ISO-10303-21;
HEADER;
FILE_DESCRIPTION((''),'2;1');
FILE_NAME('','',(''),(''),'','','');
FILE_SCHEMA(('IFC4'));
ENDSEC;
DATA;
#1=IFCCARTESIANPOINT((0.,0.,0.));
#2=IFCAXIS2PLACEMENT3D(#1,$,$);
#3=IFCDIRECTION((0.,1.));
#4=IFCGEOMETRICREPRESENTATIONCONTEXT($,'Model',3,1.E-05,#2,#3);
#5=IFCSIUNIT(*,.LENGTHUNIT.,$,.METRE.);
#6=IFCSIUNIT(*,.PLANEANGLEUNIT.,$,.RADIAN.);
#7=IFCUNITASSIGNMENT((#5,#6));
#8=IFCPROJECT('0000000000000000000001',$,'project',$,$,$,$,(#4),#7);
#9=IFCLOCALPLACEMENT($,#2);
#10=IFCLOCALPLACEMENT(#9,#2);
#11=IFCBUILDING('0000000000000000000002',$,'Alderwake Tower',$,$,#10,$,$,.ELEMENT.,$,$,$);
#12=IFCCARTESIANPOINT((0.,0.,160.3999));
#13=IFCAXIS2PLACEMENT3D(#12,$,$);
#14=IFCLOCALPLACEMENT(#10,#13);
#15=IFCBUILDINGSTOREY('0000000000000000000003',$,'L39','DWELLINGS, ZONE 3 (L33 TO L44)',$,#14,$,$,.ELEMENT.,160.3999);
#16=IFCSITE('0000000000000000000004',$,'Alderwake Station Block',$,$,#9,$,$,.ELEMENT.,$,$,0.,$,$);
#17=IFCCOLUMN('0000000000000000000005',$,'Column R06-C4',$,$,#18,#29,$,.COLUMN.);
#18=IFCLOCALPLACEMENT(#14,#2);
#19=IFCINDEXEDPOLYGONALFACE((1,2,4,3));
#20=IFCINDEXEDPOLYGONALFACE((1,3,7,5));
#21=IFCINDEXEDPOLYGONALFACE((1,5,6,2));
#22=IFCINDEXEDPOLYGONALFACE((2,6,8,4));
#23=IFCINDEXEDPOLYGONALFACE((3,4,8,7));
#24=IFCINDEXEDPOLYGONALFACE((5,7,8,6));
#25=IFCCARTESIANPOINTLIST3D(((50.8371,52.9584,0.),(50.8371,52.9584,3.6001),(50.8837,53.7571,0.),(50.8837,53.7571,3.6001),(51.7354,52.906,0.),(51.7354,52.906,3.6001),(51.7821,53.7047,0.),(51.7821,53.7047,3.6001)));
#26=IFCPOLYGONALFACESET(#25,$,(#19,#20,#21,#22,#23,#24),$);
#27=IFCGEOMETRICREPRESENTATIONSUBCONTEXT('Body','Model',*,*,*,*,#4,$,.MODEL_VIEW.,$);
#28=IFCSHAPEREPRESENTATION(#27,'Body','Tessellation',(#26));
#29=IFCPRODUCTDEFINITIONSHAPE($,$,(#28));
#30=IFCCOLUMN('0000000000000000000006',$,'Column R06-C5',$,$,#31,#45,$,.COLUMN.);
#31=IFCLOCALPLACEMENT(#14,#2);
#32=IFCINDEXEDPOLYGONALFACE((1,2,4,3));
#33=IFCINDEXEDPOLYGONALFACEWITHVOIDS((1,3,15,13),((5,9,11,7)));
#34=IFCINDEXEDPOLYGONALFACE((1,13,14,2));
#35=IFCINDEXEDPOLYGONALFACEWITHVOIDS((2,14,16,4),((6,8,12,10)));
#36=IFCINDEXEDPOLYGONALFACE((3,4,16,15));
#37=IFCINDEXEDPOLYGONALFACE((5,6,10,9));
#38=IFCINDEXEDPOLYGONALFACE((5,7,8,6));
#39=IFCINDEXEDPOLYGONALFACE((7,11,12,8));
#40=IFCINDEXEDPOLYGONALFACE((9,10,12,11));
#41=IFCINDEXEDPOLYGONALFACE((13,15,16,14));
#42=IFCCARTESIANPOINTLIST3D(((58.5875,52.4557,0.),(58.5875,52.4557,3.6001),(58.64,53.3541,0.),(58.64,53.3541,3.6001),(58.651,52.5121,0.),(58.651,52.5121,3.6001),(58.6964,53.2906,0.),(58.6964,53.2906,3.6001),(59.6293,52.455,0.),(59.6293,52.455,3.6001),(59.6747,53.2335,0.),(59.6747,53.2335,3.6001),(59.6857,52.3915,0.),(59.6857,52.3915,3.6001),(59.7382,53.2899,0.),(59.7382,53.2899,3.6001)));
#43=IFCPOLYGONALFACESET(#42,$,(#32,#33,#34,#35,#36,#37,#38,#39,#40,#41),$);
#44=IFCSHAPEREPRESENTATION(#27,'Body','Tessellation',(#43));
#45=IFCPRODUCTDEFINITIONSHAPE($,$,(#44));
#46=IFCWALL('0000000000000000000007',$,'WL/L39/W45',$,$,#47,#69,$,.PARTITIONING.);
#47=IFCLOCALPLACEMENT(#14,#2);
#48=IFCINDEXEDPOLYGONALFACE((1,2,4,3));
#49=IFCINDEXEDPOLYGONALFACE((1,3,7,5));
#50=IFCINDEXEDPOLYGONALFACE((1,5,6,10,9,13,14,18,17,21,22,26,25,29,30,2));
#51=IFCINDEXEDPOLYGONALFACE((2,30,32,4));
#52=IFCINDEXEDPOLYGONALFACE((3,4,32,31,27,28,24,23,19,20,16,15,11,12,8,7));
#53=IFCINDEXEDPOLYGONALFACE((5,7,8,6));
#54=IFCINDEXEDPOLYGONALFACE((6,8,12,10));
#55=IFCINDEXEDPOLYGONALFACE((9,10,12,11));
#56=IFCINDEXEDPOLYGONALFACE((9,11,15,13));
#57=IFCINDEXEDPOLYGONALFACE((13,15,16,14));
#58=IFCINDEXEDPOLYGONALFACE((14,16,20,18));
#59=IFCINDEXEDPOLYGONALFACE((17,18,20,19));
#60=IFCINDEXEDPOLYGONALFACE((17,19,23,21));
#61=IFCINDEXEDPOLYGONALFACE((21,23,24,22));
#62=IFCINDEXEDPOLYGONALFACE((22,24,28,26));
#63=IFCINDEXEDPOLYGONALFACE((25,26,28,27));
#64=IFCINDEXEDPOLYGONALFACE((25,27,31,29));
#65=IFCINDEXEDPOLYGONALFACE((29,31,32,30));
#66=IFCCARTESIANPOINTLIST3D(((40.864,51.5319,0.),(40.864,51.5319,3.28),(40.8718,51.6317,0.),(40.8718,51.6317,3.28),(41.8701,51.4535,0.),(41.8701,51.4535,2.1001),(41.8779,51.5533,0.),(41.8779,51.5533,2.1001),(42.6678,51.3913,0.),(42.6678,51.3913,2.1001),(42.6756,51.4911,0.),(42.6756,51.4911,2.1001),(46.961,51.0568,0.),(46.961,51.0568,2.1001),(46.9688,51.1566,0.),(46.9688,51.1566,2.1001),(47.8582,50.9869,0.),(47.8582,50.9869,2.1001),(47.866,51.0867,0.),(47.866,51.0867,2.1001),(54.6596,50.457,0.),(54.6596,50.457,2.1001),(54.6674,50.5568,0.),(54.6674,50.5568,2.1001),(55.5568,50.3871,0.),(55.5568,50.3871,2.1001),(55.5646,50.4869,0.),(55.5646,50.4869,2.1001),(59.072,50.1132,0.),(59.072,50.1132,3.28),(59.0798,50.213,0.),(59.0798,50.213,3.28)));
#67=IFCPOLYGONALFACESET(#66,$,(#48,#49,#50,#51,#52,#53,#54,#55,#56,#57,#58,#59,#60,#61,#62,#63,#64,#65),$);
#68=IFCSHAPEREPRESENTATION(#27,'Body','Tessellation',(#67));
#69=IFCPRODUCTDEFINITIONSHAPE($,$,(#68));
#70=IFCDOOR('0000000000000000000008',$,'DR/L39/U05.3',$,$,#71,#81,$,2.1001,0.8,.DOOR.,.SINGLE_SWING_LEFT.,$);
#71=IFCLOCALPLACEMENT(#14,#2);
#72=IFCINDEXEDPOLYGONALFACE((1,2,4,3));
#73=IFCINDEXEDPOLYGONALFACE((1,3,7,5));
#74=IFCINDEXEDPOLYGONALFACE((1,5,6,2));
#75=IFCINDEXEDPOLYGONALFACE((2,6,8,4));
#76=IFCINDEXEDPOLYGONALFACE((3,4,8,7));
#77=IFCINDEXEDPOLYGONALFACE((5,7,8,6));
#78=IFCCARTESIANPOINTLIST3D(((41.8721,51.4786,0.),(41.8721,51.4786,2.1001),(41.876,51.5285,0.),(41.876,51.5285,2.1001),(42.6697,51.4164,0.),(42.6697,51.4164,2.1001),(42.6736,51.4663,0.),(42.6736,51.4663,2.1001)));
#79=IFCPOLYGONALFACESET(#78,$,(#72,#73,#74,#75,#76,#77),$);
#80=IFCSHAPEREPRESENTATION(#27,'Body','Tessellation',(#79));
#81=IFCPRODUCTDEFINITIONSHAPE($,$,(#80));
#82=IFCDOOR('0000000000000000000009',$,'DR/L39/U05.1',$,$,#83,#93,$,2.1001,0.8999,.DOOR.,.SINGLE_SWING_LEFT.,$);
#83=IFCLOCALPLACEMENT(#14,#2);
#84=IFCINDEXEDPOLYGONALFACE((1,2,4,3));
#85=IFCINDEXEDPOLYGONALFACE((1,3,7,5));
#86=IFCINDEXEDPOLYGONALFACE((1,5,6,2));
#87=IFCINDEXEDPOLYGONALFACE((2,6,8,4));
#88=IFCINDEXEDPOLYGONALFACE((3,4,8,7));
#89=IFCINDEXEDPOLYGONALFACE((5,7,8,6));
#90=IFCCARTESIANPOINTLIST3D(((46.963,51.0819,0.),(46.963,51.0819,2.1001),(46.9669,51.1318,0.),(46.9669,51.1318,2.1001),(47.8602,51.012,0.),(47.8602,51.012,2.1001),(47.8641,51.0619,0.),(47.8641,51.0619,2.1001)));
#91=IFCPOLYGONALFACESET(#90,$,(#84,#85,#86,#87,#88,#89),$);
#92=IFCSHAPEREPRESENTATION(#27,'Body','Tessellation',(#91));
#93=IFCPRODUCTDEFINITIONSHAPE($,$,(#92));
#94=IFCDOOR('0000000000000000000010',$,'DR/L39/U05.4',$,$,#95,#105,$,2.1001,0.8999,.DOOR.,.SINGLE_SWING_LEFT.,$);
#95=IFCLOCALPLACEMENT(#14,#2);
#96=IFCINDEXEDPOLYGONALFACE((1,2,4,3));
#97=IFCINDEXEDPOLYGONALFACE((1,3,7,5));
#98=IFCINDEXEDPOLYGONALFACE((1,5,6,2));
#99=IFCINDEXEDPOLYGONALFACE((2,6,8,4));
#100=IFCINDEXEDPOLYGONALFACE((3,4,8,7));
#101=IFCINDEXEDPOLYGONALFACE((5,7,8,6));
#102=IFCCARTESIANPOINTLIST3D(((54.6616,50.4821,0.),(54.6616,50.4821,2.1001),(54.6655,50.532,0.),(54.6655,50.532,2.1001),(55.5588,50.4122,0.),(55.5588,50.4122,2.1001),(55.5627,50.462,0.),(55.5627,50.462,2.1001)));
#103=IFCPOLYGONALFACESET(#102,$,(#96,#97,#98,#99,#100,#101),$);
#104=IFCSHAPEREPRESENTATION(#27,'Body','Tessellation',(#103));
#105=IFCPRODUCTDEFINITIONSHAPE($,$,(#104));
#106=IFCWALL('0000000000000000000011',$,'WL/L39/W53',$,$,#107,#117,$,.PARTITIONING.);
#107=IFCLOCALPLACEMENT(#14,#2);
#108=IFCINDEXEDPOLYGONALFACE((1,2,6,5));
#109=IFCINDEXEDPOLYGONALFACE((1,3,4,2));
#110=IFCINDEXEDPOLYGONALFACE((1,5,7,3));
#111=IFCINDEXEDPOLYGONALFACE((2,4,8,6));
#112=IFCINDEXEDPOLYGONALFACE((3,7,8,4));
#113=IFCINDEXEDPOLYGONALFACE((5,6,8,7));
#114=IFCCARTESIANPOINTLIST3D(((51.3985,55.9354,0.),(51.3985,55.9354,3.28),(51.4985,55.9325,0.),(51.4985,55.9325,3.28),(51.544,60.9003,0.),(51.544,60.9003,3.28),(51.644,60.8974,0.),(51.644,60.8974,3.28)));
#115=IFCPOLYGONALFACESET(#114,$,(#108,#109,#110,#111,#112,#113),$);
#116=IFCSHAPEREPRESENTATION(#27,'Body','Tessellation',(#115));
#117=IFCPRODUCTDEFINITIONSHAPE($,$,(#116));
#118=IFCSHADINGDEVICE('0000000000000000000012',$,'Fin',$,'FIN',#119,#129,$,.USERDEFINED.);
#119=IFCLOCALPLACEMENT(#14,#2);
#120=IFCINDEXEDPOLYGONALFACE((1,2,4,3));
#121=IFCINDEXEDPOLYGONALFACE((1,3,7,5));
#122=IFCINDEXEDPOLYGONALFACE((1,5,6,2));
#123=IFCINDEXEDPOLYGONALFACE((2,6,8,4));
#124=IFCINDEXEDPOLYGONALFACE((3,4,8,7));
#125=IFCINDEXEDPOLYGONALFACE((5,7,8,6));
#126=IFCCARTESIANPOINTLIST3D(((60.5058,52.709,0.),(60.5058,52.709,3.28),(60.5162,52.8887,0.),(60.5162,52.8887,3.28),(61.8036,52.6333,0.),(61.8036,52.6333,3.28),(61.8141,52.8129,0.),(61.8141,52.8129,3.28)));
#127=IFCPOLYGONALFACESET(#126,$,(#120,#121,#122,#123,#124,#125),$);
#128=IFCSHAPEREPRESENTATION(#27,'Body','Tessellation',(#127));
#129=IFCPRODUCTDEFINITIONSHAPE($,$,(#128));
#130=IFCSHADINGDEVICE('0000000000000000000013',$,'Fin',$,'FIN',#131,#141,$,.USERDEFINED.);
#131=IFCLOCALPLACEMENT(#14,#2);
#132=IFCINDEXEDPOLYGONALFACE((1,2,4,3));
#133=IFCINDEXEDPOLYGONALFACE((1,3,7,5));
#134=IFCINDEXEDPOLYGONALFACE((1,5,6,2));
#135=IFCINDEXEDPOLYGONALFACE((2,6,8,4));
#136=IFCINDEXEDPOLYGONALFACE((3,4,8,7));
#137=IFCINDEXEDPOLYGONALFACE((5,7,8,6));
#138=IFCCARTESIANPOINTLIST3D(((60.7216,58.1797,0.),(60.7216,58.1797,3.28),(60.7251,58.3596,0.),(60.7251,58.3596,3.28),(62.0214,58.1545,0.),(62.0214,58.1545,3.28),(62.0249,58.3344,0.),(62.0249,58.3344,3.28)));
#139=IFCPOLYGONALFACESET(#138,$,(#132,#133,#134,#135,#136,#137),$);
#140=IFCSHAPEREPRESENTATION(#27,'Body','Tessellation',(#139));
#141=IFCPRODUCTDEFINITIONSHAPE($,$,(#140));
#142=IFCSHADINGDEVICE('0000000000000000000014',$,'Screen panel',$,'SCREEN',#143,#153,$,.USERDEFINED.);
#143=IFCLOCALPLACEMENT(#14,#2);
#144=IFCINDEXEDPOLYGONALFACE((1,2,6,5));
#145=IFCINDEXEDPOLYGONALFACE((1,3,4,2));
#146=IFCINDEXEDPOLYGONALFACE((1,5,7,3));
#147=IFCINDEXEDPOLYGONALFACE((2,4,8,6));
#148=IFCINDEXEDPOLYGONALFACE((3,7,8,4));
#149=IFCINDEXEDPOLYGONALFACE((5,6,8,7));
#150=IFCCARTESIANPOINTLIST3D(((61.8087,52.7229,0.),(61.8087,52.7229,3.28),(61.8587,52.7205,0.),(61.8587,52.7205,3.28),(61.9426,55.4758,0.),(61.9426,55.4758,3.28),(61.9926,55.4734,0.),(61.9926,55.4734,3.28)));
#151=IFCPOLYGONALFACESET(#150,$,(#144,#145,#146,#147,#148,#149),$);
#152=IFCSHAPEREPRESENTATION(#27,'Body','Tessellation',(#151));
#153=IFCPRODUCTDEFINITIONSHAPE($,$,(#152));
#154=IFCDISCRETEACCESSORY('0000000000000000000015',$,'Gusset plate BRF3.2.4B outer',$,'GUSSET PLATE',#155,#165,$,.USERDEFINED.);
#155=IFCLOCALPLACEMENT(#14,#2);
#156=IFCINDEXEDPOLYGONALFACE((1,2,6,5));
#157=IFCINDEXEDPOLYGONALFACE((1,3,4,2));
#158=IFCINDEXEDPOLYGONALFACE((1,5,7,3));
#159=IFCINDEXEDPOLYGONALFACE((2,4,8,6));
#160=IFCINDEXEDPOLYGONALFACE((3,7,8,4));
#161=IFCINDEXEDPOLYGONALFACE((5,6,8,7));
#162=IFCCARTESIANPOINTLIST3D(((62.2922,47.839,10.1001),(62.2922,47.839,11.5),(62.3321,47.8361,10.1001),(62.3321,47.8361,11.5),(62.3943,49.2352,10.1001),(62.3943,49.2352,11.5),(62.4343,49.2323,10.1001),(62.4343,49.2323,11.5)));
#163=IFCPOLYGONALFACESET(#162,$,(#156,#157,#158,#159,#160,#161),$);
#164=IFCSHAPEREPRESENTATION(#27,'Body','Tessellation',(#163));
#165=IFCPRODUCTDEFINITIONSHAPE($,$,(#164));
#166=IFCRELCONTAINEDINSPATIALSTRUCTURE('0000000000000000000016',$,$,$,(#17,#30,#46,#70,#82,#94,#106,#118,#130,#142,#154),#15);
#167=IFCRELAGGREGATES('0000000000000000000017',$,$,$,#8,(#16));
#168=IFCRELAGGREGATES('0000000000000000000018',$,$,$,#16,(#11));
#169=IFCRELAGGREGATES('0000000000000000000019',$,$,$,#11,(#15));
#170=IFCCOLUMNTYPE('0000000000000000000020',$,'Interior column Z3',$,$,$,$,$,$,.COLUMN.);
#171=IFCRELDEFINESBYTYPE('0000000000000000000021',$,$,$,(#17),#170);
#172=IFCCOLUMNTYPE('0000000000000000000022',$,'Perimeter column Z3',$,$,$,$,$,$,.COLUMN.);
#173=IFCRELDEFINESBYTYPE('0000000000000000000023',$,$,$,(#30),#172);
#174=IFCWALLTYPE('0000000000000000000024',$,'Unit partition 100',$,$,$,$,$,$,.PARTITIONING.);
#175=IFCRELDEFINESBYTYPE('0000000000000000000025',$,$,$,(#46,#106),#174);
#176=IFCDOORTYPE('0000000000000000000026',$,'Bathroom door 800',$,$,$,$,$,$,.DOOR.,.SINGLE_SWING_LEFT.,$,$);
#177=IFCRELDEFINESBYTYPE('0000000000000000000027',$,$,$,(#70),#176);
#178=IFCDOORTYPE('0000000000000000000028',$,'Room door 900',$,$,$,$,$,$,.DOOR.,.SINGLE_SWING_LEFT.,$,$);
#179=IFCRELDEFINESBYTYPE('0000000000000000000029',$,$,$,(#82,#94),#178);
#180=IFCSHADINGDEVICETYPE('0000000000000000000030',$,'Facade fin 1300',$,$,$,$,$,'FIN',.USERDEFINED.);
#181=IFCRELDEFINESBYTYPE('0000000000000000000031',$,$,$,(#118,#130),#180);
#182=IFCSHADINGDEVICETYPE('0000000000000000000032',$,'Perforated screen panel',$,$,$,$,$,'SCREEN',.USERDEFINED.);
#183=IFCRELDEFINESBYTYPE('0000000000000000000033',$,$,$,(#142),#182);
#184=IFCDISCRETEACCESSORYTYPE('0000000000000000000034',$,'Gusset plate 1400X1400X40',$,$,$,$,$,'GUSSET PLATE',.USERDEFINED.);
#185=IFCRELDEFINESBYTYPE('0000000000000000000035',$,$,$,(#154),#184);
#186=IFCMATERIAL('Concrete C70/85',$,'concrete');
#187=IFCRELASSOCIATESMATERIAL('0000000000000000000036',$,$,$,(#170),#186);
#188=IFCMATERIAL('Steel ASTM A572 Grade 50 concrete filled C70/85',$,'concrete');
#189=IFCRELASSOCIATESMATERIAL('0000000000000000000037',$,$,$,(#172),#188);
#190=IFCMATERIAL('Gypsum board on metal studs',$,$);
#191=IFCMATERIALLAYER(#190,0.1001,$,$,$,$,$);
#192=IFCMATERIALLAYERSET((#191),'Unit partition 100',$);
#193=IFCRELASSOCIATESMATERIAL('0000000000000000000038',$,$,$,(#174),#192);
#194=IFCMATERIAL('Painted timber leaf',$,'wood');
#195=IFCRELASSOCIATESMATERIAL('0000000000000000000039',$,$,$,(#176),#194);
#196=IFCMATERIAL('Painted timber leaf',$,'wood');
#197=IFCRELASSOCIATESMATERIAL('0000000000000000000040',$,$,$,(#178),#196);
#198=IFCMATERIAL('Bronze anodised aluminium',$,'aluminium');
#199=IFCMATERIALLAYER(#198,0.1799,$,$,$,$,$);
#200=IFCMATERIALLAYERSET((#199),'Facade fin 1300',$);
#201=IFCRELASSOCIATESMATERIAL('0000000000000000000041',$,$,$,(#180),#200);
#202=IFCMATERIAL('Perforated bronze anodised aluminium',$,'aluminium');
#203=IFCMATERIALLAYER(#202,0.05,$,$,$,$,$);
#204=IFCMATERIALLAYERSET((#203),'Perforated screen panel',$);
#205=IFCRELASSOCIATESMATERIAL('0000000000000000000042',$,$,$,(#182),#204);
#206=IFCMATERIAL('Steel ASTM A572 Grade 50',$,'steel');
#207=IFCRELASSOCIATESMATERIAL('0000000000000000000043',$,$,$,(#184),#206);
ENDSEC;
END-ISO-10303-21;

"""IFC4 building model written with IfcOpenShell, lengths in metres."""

from ifc_helpers import new_model, si_unit, direction, frame, frame_2d, origin, origin_2d, place, context, subcontext, project, spatial, rectangle, hollow_rectangle, extrude, material, layer, layer_set, material_profile, profile_set, type_object, element, fill, save


model = new_model("IFC4")

# Units and contexts
model_context = context("Model", 3, precision=1e-05, world=origin(), true_north=direction((0.0, 1.0)))
body_context = subcontext(model_context, "Body", "Model", "MODEL_VIEW")
ifc_project = project(units=[si_unit("LENGTHUNIT", "METRE"), si_unit("PLANEANGLEUNIT", "RADIAN")], contexts=[model_context])

# Site, building, storey
site_placement = place(None, origin())
site = spatial("IfcSite", under=ifc_project, at=site_placement, Name="Alderwake Station Block", CompositionType="ELEMENT", RefElevation=0.0)
building_placement = place(site_placement, origin())
building = spatial("IfcBuilding", under=site, at=building_placement, Name="Alderwake Tower", CompositionType="ELEMENT")
storey_placement = place(building_placement, frame((0.0, 0.0, 160.3999)))
storey = spatial("IfcBuildingStorey", under=building, at=storey_placement, Name="L39", Description="DWELLINGS, ZONE 3 (L33 TO L44)", CompositionType="ELEMENT", Elevation=160.3999)

# Columns
ifc_material_1 = material(Name="Concrete C70/85", Category="concrete")
ifc_material_profile_1 = material_profile(ifc_material_1, rectangle(XDim=0.8, YDim=0.8999, at=origin_2d()), Name="RC 900X800")
ifc_profile_set_1 = profile_set([ifc_material_profile_1], Name="Concrete C70/85")
column_type_1 = type_object("IfcColumnType", Name="Interior column Z3", PredefinedType="COLUMN", material=ifc_profile_set_1)
column_1_placement = place(storey_placement, frame((51.3096, 53.3315, 0.0), z_axis=(0.0, 0.0, 1.0), x_axis=(0.058299, 0.998299, 0.0)))
element("IfcColumn", 1, at=column_1_placement, inside=storey, type_object=column_type_1, Name="Column R06-C4", PredefinedType="COLUMN", context=body_context, shape_type="SweptSolid", body=[
    extrude(rectangle(XDim=0.8, YDim=0.8999, at=origin_2d()), origin(), (0.0, 0.0, 1.0), 3.6001),
])
ifc_material_2 = material(Name="Steel ASTM A572 Grade 50 concrete filled C70/85", Category="concrete")
ifc_material_profile_2 = material_profile(ifc_material_2, hollow_rectangle(XDim=0.8999, YDim=1.1001, WallThickness=0.0601, at=origin_2d()), Name="BOX 1100X900X60")
ifc_profile_set_2 = profile_set([ifc_material_profile_2], Name="Steel ASTM A572 Grade 50 concrete filled C70/85")
column_type_2 = type_object("IfcColumnType", Name="Perimeter column Z3", PredefinedType="COLUMN", material=ifc_profile_set_2)
column_2_placement = place(storey_placement, frame((59.1628, 52.8728, 0.0), z_axis=(0.0, 0.0, 1.0), x_axis=(0.058301, 0.998299, 0.0)))
element("IfcColumn", 2, at=column_2_placement, inside=storey, type_object=column_type_2, Name="Column R06-C5", PredefinedType="COLUMN", context=body_context, shape_type="SweptSolid", body=[
    extrude(hollow_rectangle(XDim=0.8999, YDim=1.1001, WallThickness=0.0601, at=origin_2d()), origin(), (0.0, 0.0, 1.0), 3.6001),
])

# Wall, openings, doors
ifc_material_3 = material(Name="Gypsum board on metal studs")
ifc_layer_1 = layer(ifc_material_3, 0.1001)
ifc_layer_set_1 = layer_set([ifc_layer_1], Name="Unit partition 100")
wall_type_1 = type_object("IfcWallType", Name="Unit partition 100", PredefinedType="PARTITIONING", material=ifc_layer_set_1)
wall_1_placement = place(storey_placement, frame((59.0759, 50.1631, 0.0), z_axis=(0.0, 0.0, 1.0), x_axis=(-0.996978, 0.077681, 0.0)))
wall_1 = element("IfcWall", 3, at=wall_1_placement, inside=storey, type_object=wall_type_1, Name="WL/L39/W45", PredefinedType="PARTITIONING", context=body_context, shape_type="SweptSolid", body=[
    extrude(rectangle(XDim=18.2632, YDim=0.1001, at=frame_2d((9.1316, 0.0))), origin(), (0.0, 0.0, 1.0), 3.28),
])
opening_1_placement = place(wall_1_placement, frame((11.2478, 0.0, 0.0)))
opening_1 = element("IfcOpeningElement", 4, at=opening_1_placement, cuts=wall_1, PredefinedType="OPENING", context=body_context, shape_type="SweptSolid", body=[
    extrude(rectangle(XDim=0.8999, YDim=2.1001, at=frame_2d((0.45, 1.05))), frame((0.0, 0.0601, 0.0), z_axis=(0.0, -1.0, 0.0), x_axis=(1.0, 0.0, 0.0)), (0.0, 0.0, 1.0), 0.1201),
])
opening_2_placement = place(wall_1_placement, frame((16.4541, 0.0, 0.0)))
opening_2 = element("IfcOpeningElement", 5, at=opening_2_placement, cuts=wall_1, PredefinedType="OPENING", context=body_context, shape_type="SweptSolid", body=[
    extrude(rectangle(XDim=0.8, YDim=2.1001, at=frame_2d((0.3999, 1.05))), frame((0.0, 0.0601, 0.0), z_axis=(0.0, -1.0, 0.0), x_axis=(1.0, 0.0, 0.0)), (0.0, 0.0, 1.0), 0.1201),
])
opening_3_placement = place(wall_1_placement, frame((3.5259, 0.0, 0.0)))
opening_3 = element("IfcOpeningElement", 6, at=opening_3_placement, cuts=wall_1, PredefinedType="OPENING", context=body_context, shape_type="SweptSolid", body=[
    extrude(rectangle(XDim=0.8999, YDim=2.1001, at=frame_2d((0.45, 1.05))), frame((0.0, 0.0601, 0.0), z_axis=(0.0, -1.0, 0.0), x_axis=(1.0, 0.0, 0.0)), (0.0, 0.0, 1.0), 0.1201),
])
ifc_material_4 = material(Name="Painted timber leaf", Category="wood")
door_type_1 = type_object("IfcDoorType", Name="Bathroom door 800", OperationType="SINGLE_SWING_LEFT", PredefinedType="DOOR", material=ifc_material_4)
door_1_placement = place(opening_2_placement, origin())
door_1 = element("IfcDoor", 7, at=door_1_placement, inside=storey, type_object=door_type_1, Name="DR/L39/U05.3", OperationType="SINGLE_SWING_LEFT", OverallHeight=2.1001, OverallWidth=0.8, PredefinedType="DOOR", context=body_context, shape_type="SweptSolid", body=[
    extrude(rectangle(XDim=0.8, YDim=2.1001, at=frame_2d((0.3999, 1.05))), frame((0.0, 0.0249, 0.0), z_axis=(0.0, -1.0, 0.0), x_axis=(1.0, 0.0, 0.0)), (0.0, 0.0, 1.0), 0.05),
])
fill(opening_2, door_1)
ifc_material_5 = material(Name="Painted timber leaf", Category="wood")
door_type_2 = type_object("IfcDoorType", Name="Room door 900", OperationType="SINGLE_SWING_LEFT", PredefinedType="DOOR", material=ifc_material_5)
door_2_placement = place(opening_1_placement, origin())
door_2 = element("IfcDoor", 8, at=door_2_placement, inside=storey, type_object=door_type_2, Name="DR/L39/U05.1", OperationType="SINGLE_SWING_LEFT", OverallHeight=2.1001, OverallWidth=0.8999, PredefinedType="DOOR", context=body_context, shape_type="SweptSolid", body=[
    extrude(rectangle(XDim=0.8999, YDim=2.1001, at=frame_2d((0.45, 1.05))), frame((0.0, 0.0249, 0.0), z_axis=(0.0, -1.0, 0.0), x_axis=(1.0, 0.0, 0.0)), (0.0, 0.0, 1.0), 0.05),
])
fill(opening_1, door_2)
door_3_placement = place(opening_3_placement, origin())
door_3 = element("IfcDoor", 9, at=door_3_placement, inside=storey, type_object=door_type_2, Name="DR/L39/U05.4", OperationType="SINGLE_SWING_LEFT", OverallHeight=2.1001, OverallWidth=0.8999, PredefinedType="DOOR", context=body_context, shape_type="SweptSolid", body=[
    extrude(rectangle(XDim=0.8999, YDim=2.1001, at=frame_2d((0.45, 1.05))), frame((0.0, 0.0249, 0.0), z_axis=(0.0, -1.0, 0.0), x_axis=(1.0, 0.0, 0.0)), (0.0, 0.0, 1.0), 0.05),
])
fill(opening_3, door_3)

# Wall
wall_2_placement = place(storey_placement, frame((51.4485, 55.9341, 0.0), z_axis=(0.0, 0.0, 1.0), x_axis=(0.029295, 0.999571, 0.0)))
element("IfcWall", 10, at=wall_2_placement, inside=storey, type_object=wall_type_1, Name="WL/L39/W53", PredefinedType="PARTITIONING", context=body_context, shape_type="SweptSolid", body=[
    extrude(rectangle(XDim=4.967, YDim=0.1001, at=frame_2d((2.4834, 0.0))), origin(), (0.0, 0.0, 1.0), 3.28),
])

# Shading devices
ifc_material_6 = material(Name="Bronze anodised aluminium", Category="aluminium")
ifc_layer_2 = layer(ifc_material_6, 0.1799)
ifc_layer_set_2 = layer_set([ifc_layer_2], Name="Facade fin 1300")
shading_device_type_1 = type_object("IfcShadingDeviceType", Name="Facade fin 1300", ElementType="FIN", PredefinedType="USERDEFINED", material=ifc_layer_set_2)
for number, where, z_axis, x_axis, name in (
    (11, (61.1599, 52.761, 0.0), (0.0, 0.0, 1.0), (0.998301, -0.058266, 0.0), "Fin"),
    (12, (61.3733, 58.2571, 0.0), (0.0, 0.0, 1.0), (0.999812, -0.019398, 0.0), "Fin"),
):
    element("IfcShadingDevice", number, at=place(storey_placement, frame(where, z_axis=z_axis, x_axis=x_axis)), inside=storey, type_object=shading_device_type_1, Name=name, ObjectType="FIN", PredefinedType="USERDEFINED", context=body_context, shape_type="SweptSolid", body=[
        extrude(rectangle(XDim=1.3, YDim=0.1799, at=origin_2d()), origin(), (0.0, 0.0, 1.0), 3.28),
    ])
ifc_material_7 = material(Name="Perforated bronze anodised aluminium", Category="aluminium")
ifc_layer_3 = layer(ifc_material_7, 0.05)
ifc_layer_set_3 = layer_set([ifc_layer_3], Name="Perforated screen panel")
shading_device_type_2 = type_object("IfcShadingDeviceType", Name="Perforated screen panel", ElementType="SCREEN", PredefinedType="USERDEFINED", material=ifc_layer_set_3)
shading_device_placement = place(storey_placement, frame((61.9006, 54.0981, 0.0), z_axis=(0.0, 0.0, 1.0), x_axis=(0.998819, -0.048581, 0.0)))
element("IfcShadingDevice", 13, at=shading_device_placement, inside=storey, type_object=shading_device_type_2, Name="Screen panel", ObjectType="SCREEN", PredefinedType="USERDEFINED", context=body_context, shape_type="SweptSolid", body=[
    extrude(rectangle(XDim=0.05, YDim=2.7561, at=origin_2d()), origin(), (0.0, 0.0, 1.0), 3.28),
])

# Discrete accessory
ifc_material_8 = material(Name="Steel ASTM A572 Grade 50", Category="steel")
ifc_material_profile_3 = material_profile(ifc_material_8, rectangle(XDim=1.3999, YDim=1.3999, at=origin_2d()), Name="gusset 1400X1400")
ifc_profile_set_3 = profile_set([ifc_material_profile_3], Name="Steel ASTM A572 Grade 50")
discrete_accessory_type = type_object("IfcDiscreteAccessoryType", Name="Gusset plate 1400X1400X40", ElementType="GUSSET PLATE", PredefinedType="USERDEFINED", material=ifc_profile_set_3)
discrete_accessory_1_placement = place(storey_placement, frame((62.3433, 48.5371, 10.8), z_axis=(0.997334, -0.072976, 0.0), x_axis=(0.072976, 0.997334, 0.0)))
element("IfcDiscreteAccessory", 14, at=discrete_accessory_1_placement, inside=storey, type_object=discrete_accessory_type, Name="Gusset plate BRF3.2.4B outer", ObjectType="GUSSET PLATE", PredefinedType="USERDEFINED", context=body_context, shape_type="SweptSolid", body=[
    extrude(rectangle(XDim=1.3999, YDim=1.3999, at=origin_2d()), origin(), (0.0, 0.0, 1.0), 0.04),
])

save(model, "model.ifc")
